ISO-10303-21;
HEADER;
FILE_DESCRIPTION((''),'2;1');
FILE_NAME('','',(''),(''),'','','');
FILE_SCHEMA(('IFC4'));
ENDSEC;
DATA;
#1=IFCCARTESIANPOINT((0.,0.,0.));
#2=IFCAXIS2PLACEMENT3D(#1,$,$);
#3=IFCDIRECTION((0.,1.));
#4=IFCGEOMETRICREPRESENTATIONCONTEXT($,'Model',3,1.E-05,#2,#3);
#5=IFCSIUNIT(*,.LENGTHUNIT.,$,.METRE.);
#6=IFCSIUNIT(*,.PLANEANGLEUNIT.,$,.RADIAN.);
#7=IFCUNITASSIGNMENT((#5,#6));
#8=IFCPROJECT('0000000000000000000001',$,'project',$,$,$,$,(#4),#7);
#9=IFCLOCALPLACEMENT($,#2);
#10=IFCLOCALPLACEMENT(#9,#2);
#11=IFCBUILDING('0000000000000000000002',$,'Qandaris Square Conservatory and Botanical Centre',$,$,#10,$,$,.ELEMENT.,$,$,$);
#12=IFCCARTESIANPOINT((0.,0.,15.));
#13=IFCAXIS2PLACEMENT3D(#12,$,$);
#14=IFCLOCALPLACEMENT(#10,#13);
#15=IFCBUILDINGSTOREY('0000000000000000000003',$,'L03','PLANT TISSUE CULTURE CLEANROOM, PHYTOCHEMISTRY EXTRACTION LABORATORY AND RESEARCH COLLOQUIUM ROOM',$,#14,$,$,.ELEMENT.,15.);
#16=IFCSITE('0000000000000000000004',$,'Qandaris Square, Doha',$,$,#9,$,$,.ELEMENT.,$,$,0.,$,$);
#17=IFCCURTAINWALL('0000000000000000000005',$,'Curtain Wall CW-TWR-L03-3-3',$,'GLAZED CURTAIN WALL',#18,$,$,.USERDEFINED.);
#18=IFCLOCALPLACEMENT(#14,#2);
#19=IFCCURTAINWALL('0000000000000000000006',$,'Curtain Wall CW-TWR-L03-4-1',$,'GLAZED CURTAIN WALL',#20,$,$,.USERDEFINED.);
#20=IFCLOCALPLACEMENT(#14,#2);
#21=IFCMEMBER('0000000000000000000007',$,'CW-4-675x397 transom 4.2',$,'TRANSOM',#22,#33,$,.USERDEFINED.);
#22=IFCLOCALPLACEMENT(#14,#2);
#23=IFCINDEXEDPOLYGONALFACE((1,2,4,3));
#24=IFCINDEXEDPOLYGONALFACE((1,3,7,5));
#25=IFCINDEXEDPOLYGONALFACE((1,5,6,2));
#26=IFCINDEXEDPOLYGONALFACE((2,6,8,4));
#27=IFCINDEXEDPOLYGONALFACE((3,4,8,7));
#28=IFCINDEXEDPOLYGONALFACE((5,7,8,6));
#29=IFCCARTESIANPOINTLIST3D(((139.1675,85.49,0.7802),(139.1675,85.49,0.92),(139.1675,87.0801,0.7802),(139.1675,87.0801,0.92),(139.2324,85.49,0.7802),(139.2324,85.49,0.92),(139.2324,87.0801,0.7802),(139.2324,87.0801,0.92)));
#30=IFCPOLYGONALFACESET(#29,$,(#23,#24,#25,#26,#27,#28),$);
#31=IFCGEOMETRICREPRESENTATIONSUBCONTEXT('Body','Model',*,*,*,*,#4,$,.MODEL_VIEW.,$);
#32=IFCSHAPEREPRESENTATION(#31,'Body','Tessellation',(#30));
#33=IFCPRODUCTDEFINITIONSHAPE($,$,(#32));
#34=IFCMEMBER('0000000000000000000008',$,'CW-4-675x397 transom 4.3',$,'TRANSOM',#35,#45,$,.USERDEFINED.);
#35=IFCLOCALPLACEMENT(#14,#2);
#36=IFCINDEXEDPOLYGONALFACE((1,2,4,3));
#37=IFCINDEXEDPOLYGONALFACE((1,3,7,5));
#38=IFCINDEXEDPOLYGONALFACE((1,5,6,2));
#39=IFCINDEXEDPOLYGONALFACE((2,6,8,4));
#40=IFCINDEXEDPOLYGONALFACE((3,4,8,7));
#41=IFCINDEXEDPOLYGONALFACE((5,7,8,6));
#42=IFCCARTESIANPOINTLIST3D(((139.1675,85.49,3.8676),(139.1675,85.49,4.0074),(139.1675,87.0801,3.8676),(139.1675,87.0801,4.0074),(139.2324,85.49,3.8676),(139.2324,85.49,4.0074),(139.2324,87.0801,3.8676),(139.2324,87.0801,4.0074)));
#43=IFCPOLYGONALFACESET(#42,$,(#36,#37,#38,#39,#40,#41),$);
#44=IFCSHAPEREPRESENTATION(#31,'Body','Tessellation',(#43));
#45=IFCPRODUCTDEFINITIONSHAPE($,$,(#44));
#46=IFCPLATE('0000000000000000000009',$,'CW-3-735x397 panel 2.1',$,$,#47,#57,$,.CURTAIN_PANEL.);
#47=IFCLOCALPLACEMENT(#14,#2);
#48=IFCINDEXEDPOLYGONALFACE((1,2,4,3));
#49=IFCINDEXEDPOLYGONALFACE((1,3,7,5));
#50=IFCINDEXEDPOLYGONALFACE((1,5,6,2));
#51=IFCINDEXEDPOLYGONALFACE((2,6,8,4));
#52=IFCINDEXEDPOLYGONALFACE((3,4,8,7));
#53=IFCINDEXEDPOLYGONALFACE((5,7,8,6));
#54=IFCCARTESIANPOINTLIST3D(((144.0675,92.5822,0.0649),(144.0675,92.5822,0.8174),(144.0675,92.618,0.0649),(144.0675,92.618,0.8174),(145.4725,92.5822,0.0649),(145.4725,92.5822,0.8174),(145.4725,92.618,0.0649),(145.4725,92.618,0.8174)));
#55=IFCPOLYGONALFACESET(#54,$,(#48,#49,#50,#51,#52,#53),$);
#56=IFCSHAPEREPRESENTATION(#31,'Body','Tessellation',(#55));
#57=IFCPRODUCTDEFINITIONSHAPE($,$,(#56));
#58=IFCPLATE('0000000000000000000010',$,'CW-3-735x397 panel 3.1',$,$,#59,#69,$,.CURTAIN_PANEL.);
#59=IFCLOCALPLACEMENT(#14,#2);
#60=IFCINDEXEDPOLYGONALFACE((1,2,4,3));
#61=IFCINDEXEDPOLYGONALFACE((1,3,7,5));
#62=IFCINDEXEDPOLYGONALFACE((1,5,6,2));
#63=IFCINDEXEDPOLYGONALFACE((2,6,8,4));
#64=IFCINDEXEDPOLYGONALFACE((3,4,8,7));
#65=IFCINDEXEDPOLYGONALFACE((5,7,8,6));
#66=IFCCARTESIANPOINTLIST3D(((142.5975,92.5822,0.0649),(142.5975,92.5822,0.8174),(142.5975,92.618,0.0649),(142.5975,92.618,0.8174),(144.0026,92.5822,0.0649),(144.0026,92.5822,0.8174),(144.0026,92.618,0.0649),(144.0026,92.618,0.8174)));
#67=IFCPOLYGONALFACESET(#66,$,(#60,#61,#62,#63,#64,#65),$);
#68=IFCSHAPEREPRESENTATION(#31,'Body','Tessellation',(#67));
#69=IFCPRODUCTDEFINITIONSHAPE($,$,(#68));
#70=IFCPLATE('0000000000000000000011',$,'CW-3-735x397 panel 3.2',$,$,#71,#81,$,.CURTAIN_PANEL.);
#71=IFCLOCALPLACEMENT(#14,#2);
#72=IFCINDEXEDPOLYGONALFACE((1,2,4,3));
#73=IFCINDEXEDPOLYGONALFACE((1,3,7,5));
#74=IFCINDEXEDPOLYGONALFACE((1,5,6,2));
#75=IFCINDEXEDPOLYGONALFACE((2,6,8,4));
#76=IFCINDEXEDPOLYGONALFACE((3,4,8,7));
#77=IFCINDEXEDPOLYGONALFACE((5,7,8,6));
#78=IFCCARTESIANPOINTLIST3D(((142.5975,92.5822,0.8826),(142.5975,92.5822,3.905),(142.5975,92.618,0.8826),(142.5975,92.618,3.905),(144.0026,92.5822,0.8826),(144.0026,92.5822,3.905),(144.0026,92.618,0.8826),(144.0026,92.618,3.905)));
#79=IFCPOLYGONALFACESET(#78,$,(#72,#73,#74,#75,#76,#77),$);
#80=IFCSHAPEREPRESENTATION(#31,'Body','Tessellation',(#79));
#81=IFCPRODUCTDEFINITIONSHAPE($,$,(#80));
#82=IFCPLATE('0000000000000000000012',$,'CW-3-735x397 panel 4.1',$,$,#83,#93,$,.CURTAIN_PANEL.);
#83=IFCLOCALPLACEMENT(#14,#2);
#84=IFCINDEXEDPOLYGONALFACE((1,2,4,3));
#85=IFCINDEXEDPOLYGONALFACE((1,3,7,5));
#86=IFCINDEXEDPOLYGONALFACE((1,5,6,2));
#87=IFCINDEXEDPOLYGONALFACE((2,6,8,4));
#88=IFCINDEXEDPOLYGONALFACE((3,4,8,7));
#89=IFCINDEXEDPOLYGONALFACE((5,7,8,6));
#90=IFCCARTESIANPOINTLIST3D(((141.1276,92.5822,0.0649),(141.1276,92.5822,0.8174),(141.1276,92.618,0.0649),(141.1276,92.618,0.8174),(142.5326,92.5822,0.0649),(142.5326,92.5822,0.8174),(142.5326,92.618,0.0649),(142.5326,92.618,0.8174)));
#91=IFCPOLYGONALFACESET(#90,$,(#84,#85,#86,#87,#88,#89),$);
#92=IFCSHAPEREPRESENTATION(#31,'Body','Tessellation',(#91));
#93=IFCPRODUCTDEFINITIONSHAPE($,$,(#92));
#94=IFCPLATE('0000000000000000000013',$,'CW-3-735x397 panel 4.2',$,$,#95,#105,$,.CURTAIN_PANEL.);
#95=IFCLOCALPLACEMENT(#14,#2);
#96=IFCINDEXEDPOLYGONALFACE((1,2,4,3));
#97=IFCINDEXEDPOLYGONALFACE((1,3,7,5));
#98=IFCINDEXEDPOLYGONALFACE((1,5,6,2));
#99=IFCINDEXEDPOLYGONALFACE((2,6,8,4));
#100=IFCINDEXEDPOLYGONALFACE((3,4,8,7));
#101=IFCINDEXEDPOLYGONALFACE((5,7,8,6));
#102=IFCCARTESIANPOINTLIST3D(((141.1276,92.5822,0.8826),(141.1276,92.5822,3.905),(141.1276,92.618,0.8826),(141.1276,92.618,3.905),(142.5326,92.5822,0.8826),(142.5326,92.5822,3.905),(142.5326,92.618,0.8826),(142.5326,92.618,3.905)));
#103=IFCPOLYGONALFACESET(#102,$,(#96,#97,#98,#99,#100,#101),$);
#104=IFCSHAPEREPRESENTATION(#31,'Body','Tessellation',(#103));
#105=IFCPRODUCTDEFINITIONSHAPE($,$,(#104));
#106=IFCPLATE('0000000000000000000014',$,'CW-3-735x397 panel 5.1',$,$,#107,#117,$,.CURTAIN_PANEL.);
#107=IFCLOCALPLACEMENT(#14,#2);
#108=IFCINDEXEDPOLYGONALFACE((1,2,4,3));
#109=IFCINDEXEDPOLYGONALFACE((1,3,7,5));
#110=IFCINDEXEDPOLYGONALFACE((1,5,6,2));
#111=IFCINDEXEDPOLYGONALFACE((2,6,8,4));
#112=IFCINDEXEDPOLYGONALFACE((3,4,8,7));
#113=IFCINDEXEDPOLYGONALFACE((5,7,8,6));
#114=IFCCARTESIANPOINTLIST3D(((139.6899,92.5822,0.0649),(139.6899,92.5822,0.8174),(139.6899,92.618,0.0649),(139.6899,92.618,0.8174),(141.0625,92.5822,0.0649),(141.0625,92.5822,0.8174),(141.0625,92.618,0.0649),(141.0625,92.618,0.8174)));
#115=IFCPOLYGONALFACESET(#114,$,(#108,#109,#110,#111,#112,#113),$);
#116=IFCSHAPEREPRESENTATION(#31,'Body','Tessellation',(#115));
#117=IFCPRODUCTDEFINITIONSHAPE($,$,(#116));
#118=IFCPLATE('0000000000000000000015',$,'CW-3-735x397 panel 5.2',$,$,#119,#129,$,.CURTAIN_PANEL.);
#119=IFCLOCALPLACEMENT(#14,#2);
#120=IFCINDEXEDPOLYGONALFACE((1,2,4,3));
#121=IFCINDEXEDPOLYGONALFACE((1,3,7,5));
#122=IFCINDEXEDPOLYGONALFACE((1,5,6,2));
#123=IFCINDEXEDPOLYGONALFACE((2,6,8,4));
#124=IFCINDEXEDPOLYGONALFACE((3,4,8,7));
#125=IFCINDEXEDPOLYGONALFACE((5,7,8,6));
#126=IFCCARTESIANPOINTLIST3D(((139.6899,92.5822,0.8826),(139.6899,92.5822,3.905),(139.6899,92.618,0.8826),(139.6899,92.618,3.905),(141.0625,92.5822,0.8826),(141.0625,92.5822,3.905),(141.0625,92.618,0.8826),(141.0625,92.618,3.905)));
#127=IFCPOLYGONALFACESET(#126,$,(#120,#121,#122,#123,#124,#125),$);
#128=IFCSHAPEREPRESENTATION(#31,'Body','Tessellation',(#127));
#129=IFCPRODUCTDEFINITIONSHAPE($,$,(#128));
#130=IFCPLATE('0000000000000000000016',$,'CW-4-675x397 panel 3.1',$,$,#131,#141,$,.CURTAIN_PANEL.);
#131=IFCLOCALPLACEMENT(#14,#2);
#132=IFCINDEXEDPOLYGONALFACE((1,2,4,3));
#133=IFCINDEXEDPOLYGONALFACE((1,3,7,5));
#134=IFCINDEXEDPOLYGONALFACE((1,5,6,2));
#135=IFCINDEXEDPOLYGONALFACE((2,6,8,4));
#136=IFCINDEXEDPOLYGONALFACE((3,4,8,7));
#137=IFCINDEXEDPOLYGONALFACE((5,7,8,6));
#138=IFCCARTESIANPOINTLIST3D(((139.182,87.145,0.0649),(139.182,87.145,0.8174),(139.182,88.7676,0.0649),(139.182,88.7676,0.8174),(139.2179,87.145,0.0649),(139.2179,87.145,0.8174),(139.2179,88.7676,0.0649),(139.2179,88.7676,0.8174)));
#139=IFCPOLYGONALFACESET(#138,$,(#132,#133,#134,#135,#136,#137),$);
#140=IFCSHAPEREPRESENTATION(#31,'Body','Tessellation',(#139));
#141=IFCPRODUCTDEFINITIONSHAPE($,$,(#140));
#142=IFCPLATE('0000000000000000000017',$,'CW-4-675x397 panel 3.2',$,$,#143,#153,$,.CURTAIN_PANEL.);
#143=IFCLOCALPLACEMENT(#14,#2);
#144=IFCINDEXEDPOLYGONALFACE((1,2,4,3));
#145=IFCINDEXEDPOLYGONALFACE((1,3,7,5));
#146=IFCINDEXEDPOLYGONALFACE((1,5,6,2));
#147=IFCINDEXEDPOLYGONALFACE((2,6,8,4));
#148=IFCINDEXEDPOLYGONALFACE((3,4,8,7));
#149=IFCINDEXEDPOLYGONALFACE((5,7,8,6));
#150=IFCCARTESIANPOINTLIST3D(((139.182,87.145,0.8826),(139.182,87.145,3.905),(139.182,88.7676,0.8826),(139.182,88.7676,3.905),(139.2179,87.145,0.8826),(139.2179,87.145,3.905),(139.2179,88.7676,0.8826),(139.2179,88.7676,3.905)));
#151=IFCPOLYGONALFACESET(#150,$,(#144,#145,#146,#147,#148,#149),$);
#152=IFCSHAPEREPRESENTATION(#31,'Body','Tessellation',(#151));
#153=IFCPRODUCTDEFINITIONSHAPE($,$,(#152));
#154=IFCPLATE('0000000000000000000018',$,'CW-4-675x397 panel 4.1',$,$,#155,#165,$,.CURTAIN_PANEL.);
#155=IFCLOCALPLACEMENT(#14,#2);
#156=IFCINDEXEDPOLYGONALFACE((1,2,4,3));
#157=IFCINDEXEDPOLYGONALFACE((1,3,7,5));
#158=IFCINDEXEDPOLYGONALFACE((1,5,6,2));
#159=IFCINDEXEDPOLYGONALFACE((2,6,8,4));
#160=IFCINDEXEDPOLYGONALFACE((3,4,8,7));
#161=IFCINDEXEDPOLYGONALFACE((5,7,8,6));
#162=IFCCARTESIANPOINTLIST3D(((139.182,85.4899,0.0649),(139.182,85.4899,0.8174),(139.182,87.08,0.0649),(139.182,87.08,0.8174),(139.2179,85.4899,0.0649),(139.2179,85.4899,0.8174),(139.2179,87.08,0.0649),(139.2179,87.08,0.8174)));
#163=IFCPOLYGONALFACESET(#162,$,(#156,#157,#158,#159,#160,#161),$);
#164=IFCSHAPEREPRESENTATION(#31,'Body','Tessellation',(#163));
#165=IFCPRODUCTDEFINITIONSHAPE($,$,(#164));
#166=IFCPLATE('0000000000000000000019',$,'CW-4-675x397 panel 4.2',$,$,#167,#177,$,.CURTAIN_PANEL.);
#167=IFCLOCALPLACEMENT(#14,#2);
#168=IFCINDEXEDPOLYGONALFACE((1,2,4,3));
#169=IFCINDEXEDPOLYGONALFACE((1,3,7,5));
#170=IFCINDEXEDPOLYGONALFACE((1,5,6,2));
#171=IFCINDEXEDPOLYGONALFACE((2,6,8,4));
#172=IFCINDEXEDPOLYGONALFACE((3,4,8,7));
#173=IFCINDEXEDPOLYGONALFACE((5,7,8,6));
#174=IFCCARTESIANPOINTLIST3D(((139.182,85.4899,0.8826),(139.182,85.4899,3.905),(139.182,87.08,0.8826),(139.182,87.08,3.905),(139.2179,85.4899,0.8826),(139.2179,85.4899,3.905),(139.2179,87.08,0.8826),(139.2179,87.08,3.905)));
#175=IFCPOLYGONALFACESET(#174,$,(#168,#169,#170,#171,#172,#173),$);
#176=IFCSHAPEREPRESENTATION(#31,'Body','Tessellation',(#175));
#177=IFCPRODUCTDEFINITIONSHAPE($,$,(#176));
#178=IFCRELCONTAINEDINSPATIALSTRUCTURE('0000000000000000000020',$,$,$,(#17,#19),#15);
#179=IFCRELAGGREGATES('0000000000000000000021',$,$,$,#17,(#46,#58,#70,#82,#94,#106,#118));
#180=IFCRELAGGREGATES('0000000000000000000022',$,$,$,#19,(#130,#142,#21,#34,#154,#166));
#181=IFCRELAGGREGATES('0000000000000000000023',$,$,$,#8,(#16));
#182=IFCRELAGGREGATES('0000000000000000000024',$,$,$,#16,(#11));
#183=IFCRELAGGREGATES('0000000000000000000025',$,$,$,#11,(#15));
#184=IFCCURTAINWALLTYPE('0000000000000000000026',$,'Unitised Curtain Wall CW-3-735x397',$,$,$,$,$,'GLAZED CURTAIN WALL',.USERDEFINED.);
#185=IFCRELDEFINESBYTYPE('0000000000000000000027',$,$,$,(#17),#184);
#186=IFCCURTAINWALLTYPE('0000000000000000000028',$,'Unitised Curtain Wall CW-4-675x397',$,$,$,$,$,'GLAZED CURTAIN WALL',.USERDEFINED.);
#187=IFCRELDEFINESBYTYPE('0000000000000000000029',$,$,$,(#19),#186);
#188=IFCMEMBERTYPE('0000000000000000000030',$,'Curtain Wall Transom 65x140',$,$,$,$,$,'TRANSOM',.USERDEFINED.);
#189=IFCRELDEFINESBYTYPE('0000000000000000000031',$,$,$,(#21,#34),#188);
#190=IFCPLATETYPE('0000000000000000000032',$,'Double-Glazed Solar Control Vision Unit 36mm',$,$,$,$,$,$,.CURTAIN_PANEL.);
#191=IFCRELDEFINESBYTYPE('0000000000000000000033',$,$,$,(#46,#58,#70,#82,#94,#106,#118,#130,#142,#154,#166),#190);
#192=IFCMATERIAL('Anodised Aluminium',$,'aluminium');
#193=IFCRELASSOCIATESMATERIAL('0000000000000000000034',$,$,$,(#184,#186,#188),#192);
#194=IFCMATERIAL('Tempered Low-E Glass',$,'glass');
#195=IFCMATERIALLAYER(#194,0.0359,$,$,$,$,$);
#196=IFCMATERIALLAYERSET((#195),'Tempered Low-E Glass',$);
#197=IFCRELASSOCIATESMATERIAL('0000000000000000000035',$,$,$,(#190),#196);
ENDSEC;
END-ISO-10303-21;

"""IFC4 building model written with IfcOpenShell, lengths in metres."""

from ifc_helpers import new_model, si_unit, direction, frame, origin, origin_2d, place, context, subcontext, project, spatial, rectangle, extrude, material, layer, layer_set, material_profile, profile_set, type_object, element, aggregate, save


model = new_model("IFC4")

# Units and contexts
model_context = context("Model", 3, precision=1e-05, world=origin(), true_north=direction((0.0, 1.0)))
body_context = subcontext(model_context, "Body", "Model", "MODEL_VIEW")
ifc_project = project(units=[si_unit("LENGTHUNIT", "METRE"), si_unit("PLANEANGLEUNIT", "RADIAN")], contexts=[model_context])

# Site, building, storey
site_placement = place(None, origin())
site = spatial("IfcSite", under=ifc_project, at=site_placement, Name="Qandaris Square, Doha", CompositionType="ELEMENT", RefElevation=0.0)
building_placement = place(site_placement, origin())
building = spatial("IfcBuilding", under=site, at=building_placement, Name="Qandaris Square Conservatory and Botanical Centre", CompositionType="ELEMENT")
storey_placement = place(building_placement, frame((0.0, 0.0, 15.0)))
storey = spatial("IfcBuildingStorey", under=building, at=storey_placement, Name="L03", Description="PLANT TISSUE CULTURE CLEANROOM, PHYTOCHEMISTRY EXTRACTION LABORATORY AND RESEARCH COLLOQUIUM ROOM", CompositionType="ELEMENT", Elevation=15.0)

# Curtain walls, members
ifc_material_1 = material(Name="Anodised Aluminium", Category="aluminium")
curtain_wall_type_1 = type_object("IfcCurtainWallType", Name="Unitised Curtain Wall CW-3-735x397", ElementType="GLAZED CURTAIN WALL", PredefinedType="USERDEFINED", material=ifc_material_1)
curtain_wall_1_placement = place(storey_placement, origin())
curtain_wall_1 = element("IfcCurtainWall", 1, at=curtain_wall_1_placement, inside=storey, type_object=curtain_wall_type_1, Name="Curtain Wall CW-TWR-L03-3-3", ObjectType="GLAZED CURTAIN WALL", PredefinedType="USERDEFINED")
ifc_material_profile_1 = material_profile(ifc_material_1, rectangle(XDim=0.0649, YDim=0.1399, at=origin_2d()), Name="ALU-TRN 65x140")
ifc_profile_set_1 = profile_set([ifc_material_profile_1], Name="Anodised Aluminium")
member_type_1 = type_object("IfcMemberType", Name="Curtain Wall Transom 65x140", ElementType="TRANSOM", PredefinedType="USERDEFINED", material=ifc_profile_set_1)
curtain_wall_type_2 = type_object("IfcCurtainWallType", Name="Unitised Curtain Wall CW-4-675x397", ElementType="GLAZED CURTAIN WALL", PredefinedType="USERDEFINED", material=ifc_material_1)
curtain_wall_2_placement = place(storey_placement, origin())
curtain_wall_2 = element("IfcCurtainWall", 2, at=curtain_wall_2_placement, inside=storey, type_object=curtain_wall_type_2, Name="Curtain Wall CW-TWR-L03-4-1", ObjectType="GLAZED CURTAIN WALL", PredefinedType="USERDEFINED")
member_1_placement = place(storey_placement, frame((139.2, 87.0801, 0.8501), z_axis=(0.0, -1.0, 0.0), x_axis=(1.0, 0.0, 0.0)))
member_1 = element("IfcMember", 3, at=member_1_placement, type_object=member_type_1, Name="CW-4-675x397 transom 4.2", ObjectType="TRANSOM", PredefinedType="USERDEFINED", context=body_context, shape_type="SweptSolid", body=[
    extrude(rectangle(XDim=0.0649, YDim=0.1399, at=origin_2d()), origin(), (0.0, 0.0, 1.0), 1.5901),
])
member_2_placement = place(storey_placement, frame((139.2, 87.0801, 3.9375), z_axis=(0.0, -1.0, 0.0), x_axis=(1.0, 0.0, 0.0)))
member_2 = element("IfcMember", 4, at=member_2_placement, type_object=member_type_1, Name="CW-4-675x397 transom 4.3", ObjectType="TRANSOM", PredefinedType="USERDEFINED", context=body_context, shape_type="SweptSolid", body=[
    extrude(rectangle(XDim=0.0649, YDim=0.1399, at=origin_2d()), origin(), (0.0, 0.0, 1.0), 1.5901),
])

# Plates
ifc_material_2 = material(Name="Tempered Low-E Glass", Category="glass")
ifc_layer = layer(ifc_material_2, 0.0359)
ifc_layer_set = layer_set([ifc_layer], Name="Tempered Low-E Glass")
plate_type = type_object("IfcPlateType", Name="Double-Glazed Solar Control Vision Unit 36mm", PredefinedType="CURTAIN_PANEL", material=ifc_layer_set)
plate_1_placement = place(storey_placement, frame((144.77, 92.6001, 0.0649), z_axis=(0.0, 0.0, 1.0), x_axis=(-1.0, 0.0, 0.0)))
plate_1 = element("IfcPlate", 5, at=plate_1_placement, type_object=plate_type, Name="CW-3-735x397 panel 2.1", PredefinedType="CURTAIN_PANEL", context=body_context, shape_type="SweptSolid", body=[
    extrude(rectangle(XDim=1.405, YDim=0.0359, at=origin_2d()), origin(), (0.0, 0.0, 1.0), 0.7524),
])
plate_2_placement = place(storey_placement, frame((143.3, 92.6001, 0.0649), z_axis=(0.0, 0.0, 1.0), x_axis=(-1.0, 0.0, 0.0)))
plate_2 = element("IfcPlate", 6, at=plate_2_placement, type_object=plate_type, Name="CW-3-735x397 panel 3.1", PredefinedType="CURTAIN_PANEL", context=body_context, shape_type="SweptSolid", body=[
    extrude(rectangle(XDim=1.405, YDim=0.0359, at=origin_2d()), origin(), (0.0, 0.0, 1.0), 0.7524),
])
plate_3_placement = place(storey_placement, frame((143.3, 92.6001, 0.8826), z_axis=(0.0, 0.0, 1.0), x_axis=(-1.0, 0.0, 0.0)))
plate_3 = element("IfcPlate", 7, at=plate_3_placement, type_object=plate_type, Name="CW-3-735x397 panel 3.2", PredefinedType="CURTAIN_PANEL", context=body_context, shape_type="SweptSolid", body=[
    extrude(rectangle(XDim=1.405, YDim=0.0359, at=origin_2d()), origin(), (0.0, 0.0, 1.0), 3.0225),
])
plate_4_placement = place(storey_placement, frame((141.8301, 92.6001, 0.0649), z_axis=(0.0, 0.0, 1.0), x_axis=(-1.0, 0.0, 0.0)))
plate_4 = element("IfcPlate", 8, at=plate_4_placement, type_object=plate_type, Name="CW-3-735x397 panel 4.1", PredefinedType="CURTAIN_PANEL", context=body_context, shape_type="SweptSolid", body=[
    extrude(rectangle(XDim=1.405, YDim=0.0359, at=origin_2d()), origin(), (0.0, 0.0, 1.0), 0.7524),
])
plate_5_placement = place(storey_placement, frame((141.8301, 92.6001, 0.8826), z_axis=(0.0, 0.0, 1.0), x_axis=(-1.0, 0.0, 0.0)))
plate_5 = element("IfcPlate", 9, at=plate_5_placement, type_object=plate_type, Name="CW-3-735x397 panel 4.2", PredefinedType="CURTAIN_PANEL", context=body_context, shape_type="SweptSolid", body=[
    extrude(rectangle(XDim=1.405, YDim=0.0359, at=origin_2d()), origin(), (0.0, 0.0, 1.0), 3.0225),
])
plate_6_placement = place(storey_placement, frame((140.3762, 92.6001, 0.0649), z_axis=(0.0, 0.0, 1.0), x_axis=(-1.0, 0.0, 0.0)))
plate_6 = element("IfcPlate", 10, at=plate_6_placement, type_object=plate_type, Name="CW-3-735x397 panel 5.1", PredefinedType="CURTAIN_PANEL", context=body_context, shape_type="SweptSolid", body=[
    extrude(rectangle(XDim=1.3726, YDim=0.0359, at=origin_2d()), origin(), (0.0, 0.0, 1.0), 0.7524),
])
plate_7_placement = place(storey_placement, frame((140.3762, 92.6001, 0.8826), z_axis=(0.0, 0.0, 1.0), x_axis=(-1.0, 0.0, 0.0)))
plate_7 = element("IfcPlate", 11, at=plate_7_placement, type_object=plate_type, Name="CW-3-735x397 panel 5.2", PredefinedType="CURTAIN_PANEL", context=body_context, shape_type="SweptSolid", body=[
    extrude(rectangle(XDim=1.3726, YDim=0.0359, at=origin_2d()), origin(), (0.0, 0.0, 1.0), 3.0225),
])
aggregate(curtain_wall_1, [plate_1, plate_2, plate_3, plate_4, plate_5, plate_6, plate_7])
plate_8_placement = place(storey_placement, frame((139.2, 87.9563, 0.0649), z_axis=(0.0, 0.0, 1.0), x_axis=(0.0, -1.0, 0.0)))
plate_8 = element("IfcPlate", 12, at=plate_8_placement, type_object=plate_type, Name="CW-4-675x397 panel 3.1", PredefinedType="CURTAIN_PANEL", context=body_context, shape_type="SweptSolid", body=[
    extrude(rectangle(XDim=1.6226, YDim=0.0359, at=origin_2d()), origin(), (0.0, 0.0, 1.0), 0.7524),
])
plate_9_placement = place(storey_placement, frame((139.2, 87.9563, 0.8826), z_axis=(0.0, 0.0, 1.0), x_axis=(0.0, -1.0, 0.0)))
plate_9 = element("IfcPlate", 13, at=plate_9_placement, type_object=plate_type, Name="CW-4-675x397 panel 3.2", PredefinedType="CURTAIN_PANEL", context=body_context, shape_type="SweptSolid", body=[
    extrude(rectangle(XDim=1.6226, YDim=0.0359, at=origin_2d()), origin(), (0.0, 0.0, 1.0), 3.0225),
])
plate_10_placement = place(storey_placement, frame((139.2, 86.2849, 0.0649), z_axis=(0.0, 0.0, 1.0), x_axis=(0.0, -1.0, 0.0)))
plate_10 = element("IfcPlate", 14, at=plate_10_placement, type_object=plate_type, Name="CW-4-675x397 panel 4.1", PredefinedType="CURTAIN_PANEL", context=body_context, shape_type="SweptSolid", body=[
    extrude(rectangle(XDim=1.5901, YDim=0.0359, at=origin_2d()), origin(), (0.0, 0.0, 1.0), 0.7524),
])
plate_11_placement = place(storey_placement, frame((139.2, 86.2849, 0.8826), z_axis=(0.0, 0.0, 1.0), x_axis=(0.0, -1.0, 0.0)))
plate_11 = element("IfcPlate", 15, at=plate_11_placement, type_object=plate_type, Name="CW-4-675x397 panel 4.2", PredefinedType="CURTAIN_PANEL", context=body_context, shape_type="SweptSolid", body=[
    extrude(rectangle(XDim=1.5901, YDim=0.0359, at=origin_2d()), origin(), (0.0, 0.0, 1.0), 3.0225),
])
aggregate(curtain_wall_2, [plate_8, plate_9, member_1, member_2, plate_10, plate_11])

save(model, "model.ifc")
